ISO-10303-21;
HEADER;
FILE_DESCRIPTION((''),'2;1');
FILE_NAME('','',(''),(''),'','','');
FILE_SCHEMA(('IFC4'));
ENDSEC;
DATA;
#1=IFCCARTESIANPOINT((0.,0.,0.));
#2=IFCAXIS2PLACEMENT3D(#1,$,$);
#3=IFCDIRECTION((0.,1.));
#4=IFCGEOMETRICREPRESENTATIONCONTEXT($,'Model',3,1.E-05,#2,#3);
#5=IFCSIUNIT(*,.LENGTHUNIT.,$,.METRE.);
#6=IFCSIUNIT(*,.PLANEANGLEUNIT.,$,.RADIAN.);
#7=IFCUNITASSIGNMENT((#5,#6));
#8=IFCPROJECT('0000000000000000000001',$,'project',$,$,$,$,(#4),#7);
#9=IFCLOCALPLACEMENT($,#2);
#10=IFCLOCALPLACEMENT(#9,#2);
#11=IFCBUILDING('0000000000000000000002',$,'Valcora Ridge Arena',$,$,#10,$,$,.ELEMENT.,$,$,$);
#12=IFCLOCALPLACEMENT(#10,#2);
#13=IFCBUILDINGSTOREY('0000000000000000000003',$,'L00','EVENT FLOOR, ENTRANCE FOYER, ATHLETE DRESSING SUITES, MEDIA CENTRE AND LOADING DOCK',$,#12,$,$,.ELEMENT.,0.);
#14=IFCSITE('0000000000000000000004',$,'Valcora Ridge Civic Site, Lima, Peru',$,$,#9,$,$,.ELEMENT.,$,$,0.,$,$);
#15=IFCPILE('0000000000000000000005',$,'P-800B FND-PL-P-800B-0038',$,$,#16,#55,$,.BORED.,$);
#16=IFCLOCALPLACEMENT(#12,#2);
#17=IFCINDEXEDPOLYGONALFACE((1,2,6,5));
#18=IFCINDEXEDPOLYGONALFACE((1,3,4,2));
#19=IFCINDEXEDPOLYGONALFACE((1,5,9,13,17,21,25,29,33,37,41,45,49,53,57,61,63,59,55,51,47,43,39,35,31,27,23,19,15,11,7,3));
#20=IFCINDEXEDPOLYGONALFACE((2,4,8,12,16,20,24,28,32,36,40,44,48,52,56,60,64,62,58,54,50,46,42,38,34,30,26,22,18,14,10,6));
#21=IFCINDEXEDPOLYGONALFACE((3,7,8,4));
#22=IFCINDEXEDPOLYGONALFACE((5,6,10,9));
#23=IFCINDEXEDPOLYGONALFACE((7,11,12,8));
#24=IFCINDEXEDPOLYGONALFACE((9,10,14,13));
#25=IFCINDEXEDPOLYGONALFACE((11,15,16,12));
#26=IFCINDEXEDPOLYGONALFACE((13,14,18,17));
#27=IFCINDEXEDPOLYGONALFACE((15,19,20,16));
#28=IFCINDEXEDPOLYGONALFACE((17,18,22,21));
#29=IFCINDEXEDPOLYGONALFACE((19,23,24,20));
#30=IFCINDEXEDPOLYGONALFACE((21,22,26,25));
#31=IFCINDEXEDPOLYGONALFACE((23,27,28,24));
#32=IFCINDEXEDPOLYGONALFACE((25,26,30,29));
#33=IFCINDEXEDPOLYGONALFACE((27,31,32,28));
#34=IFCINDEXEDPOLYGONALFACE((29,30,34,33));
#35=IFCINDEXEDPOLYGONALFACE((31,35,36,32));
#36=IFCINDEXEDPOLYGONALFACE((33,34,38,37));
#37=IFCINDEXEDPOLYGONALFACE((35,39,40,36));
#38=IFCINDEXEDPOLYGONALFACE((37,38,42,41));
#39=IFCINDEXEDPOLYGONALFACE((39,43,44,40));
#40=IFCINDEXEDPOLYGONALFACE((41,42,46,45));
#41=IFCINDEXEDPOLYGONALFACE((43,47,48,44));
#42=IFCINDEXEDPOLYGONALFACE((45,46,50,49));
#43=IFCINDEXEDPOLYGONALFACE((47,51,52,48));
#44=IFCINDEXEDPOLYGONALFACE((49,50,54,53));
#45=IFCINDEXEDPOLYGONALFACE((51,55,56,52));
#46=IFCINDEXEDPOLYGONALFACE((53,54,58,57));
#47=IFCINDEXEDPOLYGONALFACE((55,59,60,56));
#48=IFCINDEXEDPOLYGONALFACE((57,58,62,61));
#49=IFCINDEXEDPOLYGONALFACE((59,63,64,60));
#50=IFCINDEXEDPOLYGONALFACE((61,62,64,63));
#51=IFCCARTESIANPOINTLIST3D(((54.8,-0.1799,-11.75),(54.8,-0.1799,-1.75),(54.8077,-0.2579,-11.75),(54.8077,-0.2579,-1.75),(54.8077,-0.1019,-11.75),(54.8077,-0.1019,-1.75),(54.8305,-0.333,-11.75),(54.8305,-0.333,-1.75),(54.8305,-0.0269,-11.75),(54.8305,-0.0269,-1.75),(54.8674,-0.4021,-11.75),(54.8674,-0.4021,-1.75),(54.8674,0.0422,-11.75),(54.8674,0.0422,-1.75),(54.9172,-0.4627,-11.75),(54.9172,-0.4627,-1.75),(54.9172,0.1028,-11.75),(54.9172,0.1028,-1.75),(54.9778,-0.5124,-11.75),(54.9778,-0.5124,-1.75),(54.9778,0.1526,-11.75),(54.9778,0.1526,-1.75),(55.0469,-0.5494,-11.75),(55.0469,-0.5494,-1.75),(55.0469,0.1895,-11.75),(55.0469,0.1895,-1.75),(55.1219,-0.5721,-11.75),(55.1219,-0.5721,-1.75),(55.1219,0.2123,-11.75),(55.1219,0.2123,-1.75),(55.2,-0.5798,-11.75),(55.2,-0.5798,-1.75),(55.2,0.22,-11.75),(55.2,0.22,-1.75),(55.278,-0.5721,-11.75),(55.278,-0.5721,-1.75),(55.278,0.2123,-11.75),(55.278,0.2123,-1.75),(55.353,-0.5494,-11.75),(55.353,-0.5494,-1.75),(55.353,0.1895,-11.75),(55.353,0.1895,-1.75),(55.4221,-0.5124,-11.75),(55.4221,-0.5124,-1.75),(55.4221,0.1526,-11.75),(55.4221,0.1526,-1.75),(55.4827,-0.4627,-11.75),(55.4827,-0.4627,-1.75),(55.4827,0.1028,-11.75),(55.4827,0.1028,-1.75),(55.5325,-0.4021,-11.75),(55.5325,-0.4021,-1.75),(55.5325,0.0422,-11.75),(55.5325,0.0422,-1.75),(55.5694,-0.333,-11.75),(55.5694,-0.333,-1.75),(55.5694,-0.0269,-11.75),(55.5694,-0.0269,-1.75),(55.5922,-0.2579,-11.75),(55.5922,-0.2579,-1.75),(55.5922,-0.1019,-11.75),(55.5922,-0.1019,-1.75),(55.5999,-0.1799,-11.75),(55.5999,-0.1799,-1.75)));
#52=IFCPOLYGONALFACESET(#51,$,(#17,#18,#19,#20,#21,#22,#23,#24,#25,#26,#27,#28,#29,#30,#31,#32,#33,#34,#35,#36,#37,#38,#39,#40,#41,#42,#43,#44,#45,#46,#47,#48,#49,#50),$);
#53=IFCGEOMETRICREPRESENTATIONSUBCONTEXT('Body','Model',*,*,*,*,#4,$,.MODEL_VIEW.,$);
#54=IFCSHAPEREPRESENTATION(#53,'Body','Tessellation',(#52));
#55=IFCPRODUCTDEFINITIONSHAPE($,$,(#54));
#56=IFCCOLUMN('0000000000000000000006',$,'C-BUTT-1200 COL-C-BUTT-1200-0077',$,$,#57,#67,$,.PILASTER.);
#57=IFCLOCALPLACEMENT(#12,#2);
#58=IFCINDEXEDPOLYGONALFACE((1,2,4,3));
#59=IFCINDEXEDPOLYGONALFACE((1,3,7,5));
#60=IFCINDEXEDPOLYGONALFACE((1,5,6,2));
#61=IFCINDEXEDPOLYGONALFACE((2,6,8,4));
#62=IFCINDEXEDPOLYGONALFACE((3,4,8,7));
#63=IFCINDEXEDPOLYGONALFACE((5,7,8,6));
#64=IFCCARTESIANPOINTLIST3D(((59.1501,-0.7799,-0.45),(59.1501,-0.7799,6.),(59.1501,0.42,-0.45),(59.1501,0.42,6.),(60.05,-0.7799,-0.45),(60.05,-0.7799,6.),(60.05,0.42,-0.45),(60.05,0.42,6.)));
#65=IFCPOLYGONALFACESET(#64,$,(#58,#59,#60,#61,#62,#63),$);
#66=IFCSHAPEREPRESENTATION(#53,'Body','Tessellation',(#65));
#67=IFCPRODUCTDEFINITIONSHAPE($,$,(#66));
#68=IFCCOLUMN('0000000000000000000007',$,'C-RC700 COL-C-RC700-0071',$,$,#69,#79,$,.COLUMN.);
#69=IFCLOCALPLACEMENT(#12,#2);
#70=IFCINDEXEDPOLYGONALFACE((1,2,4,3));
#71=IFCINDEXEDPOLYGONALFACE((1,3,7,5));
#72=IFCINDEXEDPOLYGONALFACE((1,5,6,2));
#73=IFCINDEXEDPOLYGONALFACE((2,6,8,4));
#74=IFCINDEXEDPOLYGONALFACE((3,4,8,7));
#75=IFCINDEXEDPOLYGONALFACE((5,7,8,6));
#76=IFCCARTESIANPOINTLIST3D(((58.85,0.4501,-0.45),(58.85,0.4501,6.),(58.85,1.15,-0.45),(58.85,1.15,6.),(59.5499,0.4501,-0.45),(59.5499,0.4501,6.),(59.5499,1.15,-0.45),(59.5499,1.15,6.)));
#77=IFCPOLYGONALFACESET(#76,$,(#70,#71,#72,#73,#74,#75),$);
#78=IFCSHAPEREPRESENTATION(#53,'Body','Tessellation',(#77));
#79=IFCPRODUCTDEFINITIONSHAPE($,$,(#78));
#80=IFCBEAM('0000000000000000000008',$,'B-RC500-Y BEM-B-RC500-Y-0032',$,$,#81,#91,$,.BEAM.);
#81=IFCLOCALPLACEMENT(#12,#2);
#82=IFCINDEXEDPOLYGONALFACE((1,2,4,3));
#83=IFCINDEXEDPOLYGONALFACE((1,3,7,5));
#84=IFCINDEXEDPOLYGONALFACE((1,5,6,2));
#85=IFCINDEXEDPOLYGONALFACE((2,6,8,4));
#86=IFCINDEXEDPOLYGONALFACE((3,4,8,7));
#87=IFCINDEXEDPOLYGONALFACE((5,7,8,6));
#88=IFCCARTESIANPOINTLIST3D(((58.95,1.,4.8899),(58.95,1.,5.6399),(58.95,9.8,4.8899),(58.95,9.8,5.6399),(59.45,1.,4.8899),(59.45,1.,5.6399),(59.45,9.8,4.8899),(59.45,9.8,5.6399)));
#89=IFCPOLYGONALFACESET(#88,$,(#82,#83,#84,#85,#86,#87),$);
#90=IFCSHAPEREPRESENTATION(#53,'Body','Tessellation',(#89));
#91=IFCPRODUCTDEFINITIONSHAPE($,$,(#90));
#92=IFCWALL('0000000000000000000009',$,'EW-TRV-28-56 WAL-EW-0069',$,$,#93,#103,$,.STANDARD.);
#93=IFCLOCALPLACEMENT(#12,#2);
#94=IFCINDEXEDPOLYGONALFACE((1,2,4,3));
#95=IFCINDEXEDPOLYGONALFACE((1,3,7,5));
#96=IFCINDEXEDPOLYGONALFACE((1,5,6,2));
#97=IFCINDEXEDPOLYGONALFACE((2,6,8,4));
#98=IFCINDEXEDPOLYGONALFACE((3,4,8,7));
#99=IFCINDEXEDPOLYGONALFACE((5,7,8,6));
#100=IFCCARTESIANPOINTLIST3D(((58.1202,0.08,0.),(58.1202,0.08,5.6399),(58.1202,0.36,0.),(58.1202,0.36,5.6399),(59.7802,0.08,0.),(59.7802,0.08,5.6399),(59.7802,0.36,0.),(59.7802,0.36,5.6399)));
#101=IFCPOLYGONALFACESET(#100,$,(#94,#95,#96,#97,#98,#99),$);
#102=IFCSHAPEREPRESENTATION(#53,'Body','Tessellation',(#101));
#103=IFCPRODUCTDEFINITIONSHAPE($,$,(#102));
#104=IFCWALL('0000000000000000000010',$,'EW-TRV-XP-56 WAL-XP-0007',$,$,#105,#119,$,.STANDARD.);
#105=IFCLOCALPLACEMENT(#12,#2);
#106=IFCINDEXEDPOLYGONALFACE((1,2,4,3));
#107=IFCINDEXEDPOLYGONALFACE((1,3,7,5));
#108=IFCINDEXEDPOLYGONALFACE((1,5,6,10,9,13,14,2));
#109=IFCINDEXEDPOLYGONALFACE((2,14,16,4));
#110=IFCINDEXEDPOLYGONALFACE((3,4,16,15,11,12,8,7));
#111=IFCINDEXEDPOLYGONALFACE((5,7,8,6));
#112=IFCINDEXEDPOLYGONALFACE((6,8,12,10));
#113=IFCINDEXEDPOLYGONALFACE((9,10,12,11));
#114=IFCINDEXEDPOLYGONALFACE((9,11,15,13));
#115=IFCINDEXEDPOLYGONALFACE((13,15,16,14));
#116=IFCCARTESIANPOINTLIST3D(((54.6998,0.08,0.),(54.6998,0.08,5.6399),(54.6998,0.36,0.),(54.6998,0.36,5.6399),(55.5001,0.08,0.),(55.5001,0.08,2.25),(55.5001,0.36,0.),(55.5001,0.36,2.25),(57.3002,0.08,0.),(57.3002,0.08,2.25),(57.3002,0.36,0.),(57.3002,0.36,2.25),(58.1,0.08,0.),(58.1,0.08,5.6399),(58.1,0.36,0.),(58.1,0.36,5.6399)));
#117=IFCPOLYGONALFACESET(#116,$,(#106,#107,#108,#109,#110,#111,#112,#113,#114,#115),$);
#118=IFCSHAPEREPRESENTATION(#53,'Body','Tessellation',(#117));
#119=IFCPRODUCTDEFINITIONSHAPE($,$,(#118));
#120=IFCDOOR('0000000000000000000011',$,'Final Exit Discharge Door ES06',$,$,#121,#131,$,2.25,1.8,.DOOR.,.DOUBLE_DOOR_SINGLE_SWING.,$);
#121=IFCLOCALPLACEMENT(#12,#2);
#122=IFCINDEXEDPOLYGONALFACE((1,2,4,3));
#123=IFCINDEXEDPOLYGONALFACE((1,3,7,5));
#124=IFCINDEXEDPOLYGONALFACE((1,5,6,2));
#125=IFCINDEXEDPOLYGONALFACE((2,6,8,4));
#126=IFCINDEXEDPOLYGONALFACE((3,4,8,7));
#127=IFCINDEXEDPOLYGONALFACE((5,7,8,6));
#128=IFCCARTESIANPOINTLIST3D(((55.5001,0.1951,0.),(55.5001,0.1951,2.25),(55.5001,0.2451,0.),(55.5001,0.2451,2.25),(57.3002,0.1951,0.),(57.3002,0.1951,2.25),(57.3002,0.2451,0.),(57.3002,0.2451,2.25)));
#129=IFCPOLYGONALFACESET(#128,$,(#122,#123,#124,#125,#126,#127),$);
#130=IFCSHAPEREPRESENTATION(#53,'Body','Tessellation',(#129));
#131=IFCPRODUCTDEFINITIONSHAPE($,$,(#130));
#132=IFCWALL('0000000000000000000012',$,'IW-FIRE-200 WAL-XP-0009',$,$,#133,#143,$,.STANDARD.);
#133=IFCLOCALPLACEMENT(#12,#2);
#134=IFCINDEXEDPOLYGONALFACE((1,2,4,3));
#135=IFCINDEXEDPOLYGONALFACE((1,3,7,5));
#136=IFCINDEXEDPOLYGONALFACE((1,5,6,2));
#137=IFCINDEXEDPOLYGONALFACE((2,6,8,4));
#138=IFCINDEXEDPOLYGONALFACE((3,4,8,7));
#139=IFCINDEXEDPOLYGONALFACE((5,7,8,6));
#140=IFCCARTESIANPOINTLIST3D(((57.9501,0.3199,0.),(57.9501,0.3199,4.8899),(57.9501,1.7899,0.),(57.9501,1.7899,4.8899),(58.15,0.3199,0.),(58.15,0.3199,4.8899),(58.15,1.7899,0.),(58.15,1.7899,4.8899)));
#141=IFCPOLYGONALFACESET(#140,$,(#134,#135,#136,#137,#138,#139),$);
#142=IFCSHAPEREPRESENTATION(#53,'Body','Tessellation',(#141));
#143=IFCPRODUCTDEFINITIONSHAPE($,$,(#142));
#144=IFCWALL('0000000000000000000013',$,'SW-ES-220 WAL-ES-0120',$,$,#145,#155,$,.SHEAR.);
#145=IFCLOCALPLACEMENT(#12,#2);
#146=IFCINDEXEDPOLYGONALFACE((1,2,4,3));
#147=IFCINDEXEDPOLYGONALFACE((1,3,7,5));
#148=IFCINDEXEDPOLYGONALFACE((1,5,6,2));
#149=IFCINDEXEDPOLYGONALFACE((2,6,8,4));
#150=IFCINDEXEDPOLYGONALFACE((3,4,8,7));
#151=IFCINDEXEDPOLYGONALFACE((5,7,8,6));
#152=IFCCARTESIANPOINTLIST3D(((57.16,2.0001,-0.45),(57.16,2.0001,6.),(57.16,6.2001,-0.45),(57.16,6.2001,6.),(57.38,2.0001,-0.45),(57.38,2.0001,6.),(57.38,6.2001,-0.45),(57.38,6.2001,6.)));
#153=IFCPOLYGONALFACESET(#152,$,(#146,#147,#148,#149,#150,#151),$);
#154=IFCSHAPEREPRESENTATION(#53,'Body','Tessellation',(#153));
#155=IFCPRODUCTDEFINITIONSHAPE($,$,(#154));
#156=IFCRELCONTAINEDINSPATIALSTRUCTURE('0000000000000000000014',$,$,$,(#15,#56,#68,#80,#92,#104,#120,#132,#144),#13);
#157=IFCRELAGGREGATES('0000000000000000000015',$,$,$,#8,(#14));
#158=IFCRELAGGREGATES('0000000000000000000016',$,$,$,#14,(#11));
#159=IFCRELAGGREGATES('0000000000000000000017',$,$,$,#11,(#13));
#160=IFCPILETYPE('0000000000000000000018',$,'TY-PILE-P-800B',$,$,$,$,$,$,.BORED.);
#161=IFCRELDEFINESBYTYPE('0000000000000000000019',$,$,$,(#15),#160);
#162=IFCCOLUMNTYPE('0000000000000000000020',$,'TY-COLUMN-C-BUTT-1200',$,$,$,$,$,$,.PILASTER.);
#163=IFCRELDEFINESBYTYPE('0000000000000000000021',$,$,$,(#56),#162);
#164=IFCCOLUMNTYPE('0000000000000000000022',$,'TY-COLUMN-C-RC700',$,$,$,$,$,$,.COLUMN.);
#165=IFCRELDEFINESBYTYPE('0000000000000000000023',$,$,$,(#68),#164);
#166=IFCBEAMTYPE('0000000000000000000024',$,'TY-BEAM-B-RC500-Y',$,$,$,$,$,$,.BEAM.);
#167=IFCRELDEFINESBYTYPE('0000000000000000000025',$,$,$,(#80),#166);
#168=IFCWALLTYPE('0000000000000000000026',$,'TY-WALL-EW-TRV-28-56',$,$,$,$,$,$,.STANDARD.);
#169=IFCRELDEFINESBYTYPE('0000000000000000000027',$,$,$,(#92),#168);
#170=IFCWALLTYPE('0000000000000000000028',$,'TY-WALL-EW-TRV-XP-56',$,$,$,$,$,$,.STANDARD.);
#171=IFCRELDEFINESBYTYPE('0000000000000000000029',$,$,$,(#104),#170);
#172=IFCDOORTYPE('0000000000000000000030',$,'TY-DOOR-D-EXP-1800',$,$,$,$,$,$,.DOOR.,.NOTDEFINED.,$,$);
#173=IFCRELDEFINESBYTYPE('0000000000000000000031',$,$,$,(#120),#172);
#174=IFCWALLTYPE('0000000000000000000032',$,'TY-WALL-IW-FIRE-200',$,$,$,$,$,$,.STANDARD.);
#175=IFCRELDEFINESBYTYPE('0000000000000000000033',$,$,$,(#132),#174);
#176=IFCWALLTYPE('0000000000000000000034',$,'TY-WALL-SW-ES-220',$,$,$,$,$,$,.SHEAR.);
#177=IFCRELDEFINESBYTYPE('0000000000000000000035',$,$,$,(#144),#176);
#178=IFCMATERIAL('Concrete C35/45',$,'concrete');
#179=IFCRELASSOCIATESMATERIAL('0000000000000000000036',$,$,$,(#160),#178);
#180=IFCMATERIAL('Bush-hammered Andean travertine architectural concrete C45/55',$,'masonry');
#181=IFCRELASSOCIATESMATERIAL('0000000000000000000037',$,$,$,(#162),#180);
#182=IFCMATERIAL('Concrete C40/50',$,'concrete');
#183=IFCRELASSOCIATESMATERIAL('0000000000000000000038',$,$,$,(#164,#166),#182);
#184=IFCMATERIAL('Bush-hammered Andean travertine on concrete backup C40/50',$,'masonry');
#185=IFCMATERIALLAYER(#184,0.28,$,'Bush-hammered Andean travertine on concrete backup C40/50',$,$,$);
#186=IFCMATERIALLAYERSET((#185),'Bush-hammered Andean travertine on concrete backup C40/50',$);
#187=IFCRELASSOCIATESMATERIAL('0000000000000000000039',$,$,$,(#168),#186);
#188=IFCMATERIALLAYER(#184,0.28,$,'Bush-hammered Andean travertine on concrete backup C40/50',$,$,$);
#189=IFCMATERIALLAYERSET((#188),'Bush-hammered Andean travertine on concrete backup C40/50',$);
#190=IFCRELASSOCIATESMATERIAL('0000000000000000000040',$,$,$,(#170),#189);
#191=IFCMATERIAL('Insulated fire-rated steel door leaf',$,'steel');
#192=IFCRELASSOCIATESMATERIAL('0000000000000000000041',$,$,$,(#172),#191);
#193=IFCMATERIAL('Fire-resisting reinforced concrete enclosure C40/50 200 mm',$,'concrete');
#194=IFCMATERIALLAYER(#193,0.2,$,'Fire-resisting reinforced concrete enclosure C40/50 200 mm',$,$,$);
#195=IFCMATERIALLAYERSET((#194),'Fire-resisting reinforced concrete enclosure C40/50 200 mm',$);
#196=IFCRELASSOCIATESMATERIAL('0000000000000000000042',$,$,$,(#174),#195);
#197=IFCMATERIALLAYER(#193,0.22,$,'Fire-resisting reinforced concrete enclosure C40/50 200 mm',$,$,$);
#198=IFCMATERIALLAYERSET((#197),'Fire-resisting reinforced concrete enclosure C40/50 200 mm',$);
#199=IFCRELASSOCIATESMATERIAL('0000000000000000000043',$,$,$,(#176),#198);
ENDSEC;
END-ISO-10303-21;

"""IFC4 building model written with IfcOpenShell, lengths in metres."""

from ifc_helpers import new_model, si_unit, direction, frame, frame_2d, origin, origin_2d, place, context, subcontext, project, spatial, rectangle, circle, extrude, material, layer, layer_set, material_profile, profile_set, type_object, element, fill, save


model = new_model("IFC4")

# Units and contexts
model_context = context("Model", 3, precision=1e-05, world=origin(), true_north=direction((0.0, 1.0)))
body_context = subcontext(model_context, "Body", "Model", "MODEL_VIEW")
ifc_project = project(units=[si_unit("LENGTHUNIT", "METRE"), si_unit("PLANEANGLEUNIT", "RADIAN")], contexts=[model_context])

# Site, building, storey
site_placement = place(None, origin())
site = spatial("IfcSite", under=ifc_project, at=site_placement, Name="Valcora Ridge Civic Site, Lima, Peru", CompositionType="ELEMENT", RefElevation=0.0)
building_placement = place(site_placement, origin())
building = spatial("IfcBuilding", under=site, at=building_placement, Name="Valcora Ridge Arena", CompositionType="ELEMENT")
storey_placement = place(building_placement, origin())
storey = spatial("IfcBuildingStorey", under=building, at=storey_placement, Name="L00", Description="EVENT FLOOR, ENTRANCE FOYER, ATHLETE DRESSING SUITES, MEDIA CENTRE AND LOADING DOCK", CompositionType="ELEMENT", Elevation=0.0)

# Shared definitions
ifc_material_1 = material(Name="Concrete C40/50", Category="concrete")
ifc_material_2 = material(Name="Fire-resisting reinforced concrete enclosure C40/50 200 mm", Category="concrete")

# Pile
ifc_material_3 = material(Name="Concrete C35/45", Category="concrete")
ifc_material_profile_1 = material_profile(ifc_material_3, circle(Radius=0.3999, at=origin_2d()), Name="BORED PILE D800")
ifc_profile_set_1 = profile_set([ifc_material_profile_1], Name="Concrete C35/45")
pile_type_1 = type_object("IfcPileType", Name="TY-PILE-P-800B", PredefinedType="BORED", material=ifc_profile_set_1)
pile_placement = place(storey_placement, frame((55.2, -0.1799, -1.75), z_axis=(0.0, 0.0, -1.0), x_axis=(1.0, 0.0, 0.0)))
element("IfcPile", 1, at=pile_placement, inside=storey, type_object=pile_type_1, Name="P-800B FND-PL-P-800B-0038", PredefinedType="BORED", context=body_context, shape_type="SweptSolid", body=[
    extrude(circle(Radius=0.3999, at=origin_2d()), origin(), (0.0, 0.0, 1.0), 10.0),
])

# Columns
ifc_material_4 = material(Name="Bush-hammered Andean travertine architectural concrete C45/55", Category="masonry")
ifc_material_profile_2 = material_profile(ifc_material_4, rectangle(XDim=0.8999, YDim=1.2, at=origin_2d()), Name="RC 900x1200")
ifc_profile_set_2 = profile_set([ifc_material_profile_2], Name="Bush-hammered Andean travertine architectural concrete C45/55")
column_type_1 = type_object("IfcColumnType", Name="TY-COLUMN-C-BUTT-1200", PredefinedType="PILASTER", material=ifc_profile_set_2)
column_1_placement = place(storey_placement, frame((59.6001, -0.1799, -0.45), z_axis=(0.0, 0.0, 1.0), x_axis=(1.0, 0.0, 0.0)))
element("IfcColumn", 2, at=column_1_placement, inside=storey, type_object=column_type_1, Name="C-BUTT-1200 COL-C-BUTT-1200-0077", PredefinedType="PILASTER", context=body_context, shape_type="SweptSolid", body=[
    extrude(rectangle(XDim=0.8999, YDim=1.2, at=origin_2d()), origin(), (0.0, 0.0, 1.0), 6.45),
])
ifc_material_profile_3 = material_profile(ifc_material_1, rectangle(XDim=0.7, YDim=0.7, at=origin_2d()), Name="RC 700x700")
ifc_profile_set_3 = profile_set([ifc_material_profile_3], Name="Concrete C40/50")
column_type_2 = type_object("IfcColumnType", Name="TY-COLUMN-C-RC700", PredefinedType="COLUMN", material=ifc_profile_set_3)
column_2_placement = place(storey_placement, frame((59.2, 0.8, -0.45), z_axis=(0.0, 0.0, 1.0), x_axis=(1.0, 0.0, 0.0)))
element("IfcColumn", 3, at=column_2_placement, inside=storey, type_object=column_type_2, Name="C-RC700 COL-C-RC700-0071", PredefinedType="COLUMN", context=body_context, shape_type="SweptSolid", body=[
    extrude(rectangle(XDim=0.7, YDim=0.7, at=origin_2d()), origin(), (0.0, 0.0, 1.0), 6.45),
])

# Beam
ifc_material_profile_4 = material_profile(ifc_material_1, rectangle(XDim=0.5, YDim=0.75, at=origin_2d()), Name="RC 500x750")
ifc_profile_set_4 = profile_set([ifc_material_profile_4], Name="Concrete C40/50")
beam_type = type_object("IfcBeamType", Name="TY-BEAM-B-RC500-Y", PredefinedType="BEAM", material=ifc_profile_set_4)
beam_placement = place(storey_placement, frame((59.2, 1.0, 5.2649), z_axis=(0.0, 1.0, 0.0), x_axis=(-1.0, 0.0, 0.0)))
element("IfcBeam", 4, at=beam_placement, inside=storey, type_object=beam_type, Name="B-RC500-Y BEM-B-RC500-Y-0032", PredefinedType="BEAM", context=body_context, shape_type="SweptSolid", body=[
    extrude(rectangle(XDim=0.5, YDim=0.75, at=origin_2d()), origin(), (0.0, 0.0, 1.0), 8.8),
])

# Wall
ifc_material_5 = material(Name="Bush-hammered Andean travertine on concrete backup C40/50", Category="masonry")
ifc_layer_1 = layer(ifc_material_5, 0.28, Name="Bush-hammered Andean travertine on concrete backup C40/50")
ifc_layer_set_1 = layer_set([ifc_layer_1], Name="Bush-hammered Andean travertine on concrete backup C40/50")
wall_type_1 = type_object("IfcWallType", Name="TY-WALL-EW-TRV-28-56", PredefinedType="STANDARD", material=ifc_layer_set_1)
wall_1_placement = place(storey_placement, frame((58.1201, 0.22, 0.0), z_axis=(0.0, 0.0, 1.0), x_axis=(1.0, 0.0, 0.0)))
element("IfcWall", 5, at=wall_1_placement, inside=storey, type_object=wall_type_1, Name="EW-TRV-28-56 WAL-EW-0069", PredefinedType="STANDARD", context=body_context, shape_type="SweptSolid", body=[
    extrude(rectangle(XDim=1.6599, YDim=0.28, at=frame_2d((0.8301, 0.0))), origin(), (0.0, 0.0, 1.0), 5.6399),
])

# Wall, opening, door
ifc_layer_2 = layer(ifc_material_5, 0.28, Name="Bush-hammered Andean travertine on concrete backup C40/50")
ifc_layer_set_2 = layer_set([ifc_layer_2], Name="Bush-hammered Andean travertine on concrete backup C40/50")
wall_type_2 = type_object("IfcWallType", Name="TY-WALL-EW-TRV-XP-56", PredefinedType="STANDARD", material=ifc_layer_set_2)
wall_2_placement = place(storey_placement, frame((58.1001, 0.22, 0.0), z_axis=(0.0, 0.0, 1.0), x_axis=(-1.0, 0.0, 0.0)))
wall_2 = element("IfcWall", 6, at=wall_2_placement, inside=storey, type_object=wall_type_2, Name="EW-TRV-XP-56 WAL-XP-0007", PredefinedType="STANDARD", context=body_context, shape_type="SweptSolid", body=[
    extrude(rectangle(XDim=3.4001, YDim=0.28, at=frame_2d((1.7002, 0.0))), origin(), (0.0, 0.0, 1.0), 5.6399),
])
opening_1_placement = place(wall_2_placement, frame((0.8, 0.0, 0.0)))
opening_1 = element("IfcOpeningElement", 7, at=opening_1_placement, cuts=wall_2, PredefinedType="OPENING", context=body_context, shape_type="SweptSolid", body=[
    extrude(rectangle(XDim=1.8, YDim=2.25, at=frame_2d((0.8999, 1.125))), frame((0.0, 0.1499, 0.0), z_axis=(0.0, -1.0, 0.0), x_axis=(1.0, 0.0, 0.0)), (0.0, 0.0, 1.0), 0.3),
])
ifc_material_6 = material(Name="Insulated fire-rated steel door leaf", Category="steel")
door_type_1 = type_object("IfcDoorType", Name="TY-DOOR-D-EXP-1800", OperationType="NOTDEFINED", PredefinedType="DOOR", material=ifc_material_6)
door_1_placement = place(opening_1_placement, origin())
door_1 = element("IfcDoor", 8, at=door_1_placement, inside=storey, type_object=door_type_1, Name="Final Exit Discharge Door ES06", OperationType="DOUBLE_DOOR_SINGLE_SWING", OverallHeight=2.25, OverallWidth=1.8, PredefinedType="DOOR", context=body_context, shape_type="SweptSolid", body=[
    extrude(rectangle(XDim=1.8, YDim=2.25, at=frame_2d((0.8999, 1.125))), frame((0.0, 0.0249, 0.0), z_axis=(0.0, -1.0, 0.0), x_axis=(1.0, 0.0, 0.0)), (0.0, 0.0, 1.0), 0.05),
])
fill(opening_1, door_1)
ifc_layer_3 = layer(ifc_material_2, 0.2, Name="Fire-resisting reinforced concrete enclosure C40/50 200 mm")
ifc_layer_set_3 = layer_set([ifc_layer_3], Name="Fire-resisting reinforced concrete enclosure C40/50 200 mm")
wall_type_3 = type_object("IfcWallType", Name="TY-WALL-IW-FIRE-200", PredefinedType="STANDARD", material=ifc_layer_set_3)

# Walls
wall_3_placement = place(storey_placement, frame((58.05, 0.3201, 0.0), z_axis=(0.0, 0.0, 1.0), x_axis=(0.0, 1.0, 0.0)))
element("IfcWall", 9, at=wall_3_placement, inside=storey, type_object=wall_type_3, Name="IW-FIRE-200 WAL-XP-0009", PredefinedType="STANDARD", context=body_context, shape_type="SweptSolid", body=[
    extrude(rectangle(XDim=1.47, YDim=0.2, at=frame_2d((0.7349, 0.0))), origin(), (0.0, 0.0, 1.0), 4.8899),
])
ifc_layer_4 = layer(ifc_material_2, 0.22, Name="Fire-resisting reinforced concrete enclosure C40/50 200 mm")
ifc_layer_set_4 = layer_set([ifc_layer_4], Name="Fire-resisting reinforced concrete enclosure C40/50 200 mm")
wall_type_4 = type_object("IfcWallType", Name="TY-WALL-SW-ES-220", PredefinedType="SHEAR", material=ifc_layer_set_4)
wall_4_placement = place(storey_placement, frame((57.27, 2.0, -0.45), z_axis=(0.0, 0.0, 1.0), x_axis=(0.0, 1.0, 0.0)))
element("IfcWall", 10, at=wall_4_placement, inside=storey, type_object=wall_type_4, Name="SW-ES-220 WAL-ES-0120", PredefinedType="SHEAR", context=body_context, shape_type="SweptSolid", body=[
    extrude(rectangle(XDim=4.2, YDim=0.22, at=frame_2d((2.1001, 0.0))), origin(), (0.0, 0.0, 1.0), 6.45),
])

save(model, "model.ifc")
